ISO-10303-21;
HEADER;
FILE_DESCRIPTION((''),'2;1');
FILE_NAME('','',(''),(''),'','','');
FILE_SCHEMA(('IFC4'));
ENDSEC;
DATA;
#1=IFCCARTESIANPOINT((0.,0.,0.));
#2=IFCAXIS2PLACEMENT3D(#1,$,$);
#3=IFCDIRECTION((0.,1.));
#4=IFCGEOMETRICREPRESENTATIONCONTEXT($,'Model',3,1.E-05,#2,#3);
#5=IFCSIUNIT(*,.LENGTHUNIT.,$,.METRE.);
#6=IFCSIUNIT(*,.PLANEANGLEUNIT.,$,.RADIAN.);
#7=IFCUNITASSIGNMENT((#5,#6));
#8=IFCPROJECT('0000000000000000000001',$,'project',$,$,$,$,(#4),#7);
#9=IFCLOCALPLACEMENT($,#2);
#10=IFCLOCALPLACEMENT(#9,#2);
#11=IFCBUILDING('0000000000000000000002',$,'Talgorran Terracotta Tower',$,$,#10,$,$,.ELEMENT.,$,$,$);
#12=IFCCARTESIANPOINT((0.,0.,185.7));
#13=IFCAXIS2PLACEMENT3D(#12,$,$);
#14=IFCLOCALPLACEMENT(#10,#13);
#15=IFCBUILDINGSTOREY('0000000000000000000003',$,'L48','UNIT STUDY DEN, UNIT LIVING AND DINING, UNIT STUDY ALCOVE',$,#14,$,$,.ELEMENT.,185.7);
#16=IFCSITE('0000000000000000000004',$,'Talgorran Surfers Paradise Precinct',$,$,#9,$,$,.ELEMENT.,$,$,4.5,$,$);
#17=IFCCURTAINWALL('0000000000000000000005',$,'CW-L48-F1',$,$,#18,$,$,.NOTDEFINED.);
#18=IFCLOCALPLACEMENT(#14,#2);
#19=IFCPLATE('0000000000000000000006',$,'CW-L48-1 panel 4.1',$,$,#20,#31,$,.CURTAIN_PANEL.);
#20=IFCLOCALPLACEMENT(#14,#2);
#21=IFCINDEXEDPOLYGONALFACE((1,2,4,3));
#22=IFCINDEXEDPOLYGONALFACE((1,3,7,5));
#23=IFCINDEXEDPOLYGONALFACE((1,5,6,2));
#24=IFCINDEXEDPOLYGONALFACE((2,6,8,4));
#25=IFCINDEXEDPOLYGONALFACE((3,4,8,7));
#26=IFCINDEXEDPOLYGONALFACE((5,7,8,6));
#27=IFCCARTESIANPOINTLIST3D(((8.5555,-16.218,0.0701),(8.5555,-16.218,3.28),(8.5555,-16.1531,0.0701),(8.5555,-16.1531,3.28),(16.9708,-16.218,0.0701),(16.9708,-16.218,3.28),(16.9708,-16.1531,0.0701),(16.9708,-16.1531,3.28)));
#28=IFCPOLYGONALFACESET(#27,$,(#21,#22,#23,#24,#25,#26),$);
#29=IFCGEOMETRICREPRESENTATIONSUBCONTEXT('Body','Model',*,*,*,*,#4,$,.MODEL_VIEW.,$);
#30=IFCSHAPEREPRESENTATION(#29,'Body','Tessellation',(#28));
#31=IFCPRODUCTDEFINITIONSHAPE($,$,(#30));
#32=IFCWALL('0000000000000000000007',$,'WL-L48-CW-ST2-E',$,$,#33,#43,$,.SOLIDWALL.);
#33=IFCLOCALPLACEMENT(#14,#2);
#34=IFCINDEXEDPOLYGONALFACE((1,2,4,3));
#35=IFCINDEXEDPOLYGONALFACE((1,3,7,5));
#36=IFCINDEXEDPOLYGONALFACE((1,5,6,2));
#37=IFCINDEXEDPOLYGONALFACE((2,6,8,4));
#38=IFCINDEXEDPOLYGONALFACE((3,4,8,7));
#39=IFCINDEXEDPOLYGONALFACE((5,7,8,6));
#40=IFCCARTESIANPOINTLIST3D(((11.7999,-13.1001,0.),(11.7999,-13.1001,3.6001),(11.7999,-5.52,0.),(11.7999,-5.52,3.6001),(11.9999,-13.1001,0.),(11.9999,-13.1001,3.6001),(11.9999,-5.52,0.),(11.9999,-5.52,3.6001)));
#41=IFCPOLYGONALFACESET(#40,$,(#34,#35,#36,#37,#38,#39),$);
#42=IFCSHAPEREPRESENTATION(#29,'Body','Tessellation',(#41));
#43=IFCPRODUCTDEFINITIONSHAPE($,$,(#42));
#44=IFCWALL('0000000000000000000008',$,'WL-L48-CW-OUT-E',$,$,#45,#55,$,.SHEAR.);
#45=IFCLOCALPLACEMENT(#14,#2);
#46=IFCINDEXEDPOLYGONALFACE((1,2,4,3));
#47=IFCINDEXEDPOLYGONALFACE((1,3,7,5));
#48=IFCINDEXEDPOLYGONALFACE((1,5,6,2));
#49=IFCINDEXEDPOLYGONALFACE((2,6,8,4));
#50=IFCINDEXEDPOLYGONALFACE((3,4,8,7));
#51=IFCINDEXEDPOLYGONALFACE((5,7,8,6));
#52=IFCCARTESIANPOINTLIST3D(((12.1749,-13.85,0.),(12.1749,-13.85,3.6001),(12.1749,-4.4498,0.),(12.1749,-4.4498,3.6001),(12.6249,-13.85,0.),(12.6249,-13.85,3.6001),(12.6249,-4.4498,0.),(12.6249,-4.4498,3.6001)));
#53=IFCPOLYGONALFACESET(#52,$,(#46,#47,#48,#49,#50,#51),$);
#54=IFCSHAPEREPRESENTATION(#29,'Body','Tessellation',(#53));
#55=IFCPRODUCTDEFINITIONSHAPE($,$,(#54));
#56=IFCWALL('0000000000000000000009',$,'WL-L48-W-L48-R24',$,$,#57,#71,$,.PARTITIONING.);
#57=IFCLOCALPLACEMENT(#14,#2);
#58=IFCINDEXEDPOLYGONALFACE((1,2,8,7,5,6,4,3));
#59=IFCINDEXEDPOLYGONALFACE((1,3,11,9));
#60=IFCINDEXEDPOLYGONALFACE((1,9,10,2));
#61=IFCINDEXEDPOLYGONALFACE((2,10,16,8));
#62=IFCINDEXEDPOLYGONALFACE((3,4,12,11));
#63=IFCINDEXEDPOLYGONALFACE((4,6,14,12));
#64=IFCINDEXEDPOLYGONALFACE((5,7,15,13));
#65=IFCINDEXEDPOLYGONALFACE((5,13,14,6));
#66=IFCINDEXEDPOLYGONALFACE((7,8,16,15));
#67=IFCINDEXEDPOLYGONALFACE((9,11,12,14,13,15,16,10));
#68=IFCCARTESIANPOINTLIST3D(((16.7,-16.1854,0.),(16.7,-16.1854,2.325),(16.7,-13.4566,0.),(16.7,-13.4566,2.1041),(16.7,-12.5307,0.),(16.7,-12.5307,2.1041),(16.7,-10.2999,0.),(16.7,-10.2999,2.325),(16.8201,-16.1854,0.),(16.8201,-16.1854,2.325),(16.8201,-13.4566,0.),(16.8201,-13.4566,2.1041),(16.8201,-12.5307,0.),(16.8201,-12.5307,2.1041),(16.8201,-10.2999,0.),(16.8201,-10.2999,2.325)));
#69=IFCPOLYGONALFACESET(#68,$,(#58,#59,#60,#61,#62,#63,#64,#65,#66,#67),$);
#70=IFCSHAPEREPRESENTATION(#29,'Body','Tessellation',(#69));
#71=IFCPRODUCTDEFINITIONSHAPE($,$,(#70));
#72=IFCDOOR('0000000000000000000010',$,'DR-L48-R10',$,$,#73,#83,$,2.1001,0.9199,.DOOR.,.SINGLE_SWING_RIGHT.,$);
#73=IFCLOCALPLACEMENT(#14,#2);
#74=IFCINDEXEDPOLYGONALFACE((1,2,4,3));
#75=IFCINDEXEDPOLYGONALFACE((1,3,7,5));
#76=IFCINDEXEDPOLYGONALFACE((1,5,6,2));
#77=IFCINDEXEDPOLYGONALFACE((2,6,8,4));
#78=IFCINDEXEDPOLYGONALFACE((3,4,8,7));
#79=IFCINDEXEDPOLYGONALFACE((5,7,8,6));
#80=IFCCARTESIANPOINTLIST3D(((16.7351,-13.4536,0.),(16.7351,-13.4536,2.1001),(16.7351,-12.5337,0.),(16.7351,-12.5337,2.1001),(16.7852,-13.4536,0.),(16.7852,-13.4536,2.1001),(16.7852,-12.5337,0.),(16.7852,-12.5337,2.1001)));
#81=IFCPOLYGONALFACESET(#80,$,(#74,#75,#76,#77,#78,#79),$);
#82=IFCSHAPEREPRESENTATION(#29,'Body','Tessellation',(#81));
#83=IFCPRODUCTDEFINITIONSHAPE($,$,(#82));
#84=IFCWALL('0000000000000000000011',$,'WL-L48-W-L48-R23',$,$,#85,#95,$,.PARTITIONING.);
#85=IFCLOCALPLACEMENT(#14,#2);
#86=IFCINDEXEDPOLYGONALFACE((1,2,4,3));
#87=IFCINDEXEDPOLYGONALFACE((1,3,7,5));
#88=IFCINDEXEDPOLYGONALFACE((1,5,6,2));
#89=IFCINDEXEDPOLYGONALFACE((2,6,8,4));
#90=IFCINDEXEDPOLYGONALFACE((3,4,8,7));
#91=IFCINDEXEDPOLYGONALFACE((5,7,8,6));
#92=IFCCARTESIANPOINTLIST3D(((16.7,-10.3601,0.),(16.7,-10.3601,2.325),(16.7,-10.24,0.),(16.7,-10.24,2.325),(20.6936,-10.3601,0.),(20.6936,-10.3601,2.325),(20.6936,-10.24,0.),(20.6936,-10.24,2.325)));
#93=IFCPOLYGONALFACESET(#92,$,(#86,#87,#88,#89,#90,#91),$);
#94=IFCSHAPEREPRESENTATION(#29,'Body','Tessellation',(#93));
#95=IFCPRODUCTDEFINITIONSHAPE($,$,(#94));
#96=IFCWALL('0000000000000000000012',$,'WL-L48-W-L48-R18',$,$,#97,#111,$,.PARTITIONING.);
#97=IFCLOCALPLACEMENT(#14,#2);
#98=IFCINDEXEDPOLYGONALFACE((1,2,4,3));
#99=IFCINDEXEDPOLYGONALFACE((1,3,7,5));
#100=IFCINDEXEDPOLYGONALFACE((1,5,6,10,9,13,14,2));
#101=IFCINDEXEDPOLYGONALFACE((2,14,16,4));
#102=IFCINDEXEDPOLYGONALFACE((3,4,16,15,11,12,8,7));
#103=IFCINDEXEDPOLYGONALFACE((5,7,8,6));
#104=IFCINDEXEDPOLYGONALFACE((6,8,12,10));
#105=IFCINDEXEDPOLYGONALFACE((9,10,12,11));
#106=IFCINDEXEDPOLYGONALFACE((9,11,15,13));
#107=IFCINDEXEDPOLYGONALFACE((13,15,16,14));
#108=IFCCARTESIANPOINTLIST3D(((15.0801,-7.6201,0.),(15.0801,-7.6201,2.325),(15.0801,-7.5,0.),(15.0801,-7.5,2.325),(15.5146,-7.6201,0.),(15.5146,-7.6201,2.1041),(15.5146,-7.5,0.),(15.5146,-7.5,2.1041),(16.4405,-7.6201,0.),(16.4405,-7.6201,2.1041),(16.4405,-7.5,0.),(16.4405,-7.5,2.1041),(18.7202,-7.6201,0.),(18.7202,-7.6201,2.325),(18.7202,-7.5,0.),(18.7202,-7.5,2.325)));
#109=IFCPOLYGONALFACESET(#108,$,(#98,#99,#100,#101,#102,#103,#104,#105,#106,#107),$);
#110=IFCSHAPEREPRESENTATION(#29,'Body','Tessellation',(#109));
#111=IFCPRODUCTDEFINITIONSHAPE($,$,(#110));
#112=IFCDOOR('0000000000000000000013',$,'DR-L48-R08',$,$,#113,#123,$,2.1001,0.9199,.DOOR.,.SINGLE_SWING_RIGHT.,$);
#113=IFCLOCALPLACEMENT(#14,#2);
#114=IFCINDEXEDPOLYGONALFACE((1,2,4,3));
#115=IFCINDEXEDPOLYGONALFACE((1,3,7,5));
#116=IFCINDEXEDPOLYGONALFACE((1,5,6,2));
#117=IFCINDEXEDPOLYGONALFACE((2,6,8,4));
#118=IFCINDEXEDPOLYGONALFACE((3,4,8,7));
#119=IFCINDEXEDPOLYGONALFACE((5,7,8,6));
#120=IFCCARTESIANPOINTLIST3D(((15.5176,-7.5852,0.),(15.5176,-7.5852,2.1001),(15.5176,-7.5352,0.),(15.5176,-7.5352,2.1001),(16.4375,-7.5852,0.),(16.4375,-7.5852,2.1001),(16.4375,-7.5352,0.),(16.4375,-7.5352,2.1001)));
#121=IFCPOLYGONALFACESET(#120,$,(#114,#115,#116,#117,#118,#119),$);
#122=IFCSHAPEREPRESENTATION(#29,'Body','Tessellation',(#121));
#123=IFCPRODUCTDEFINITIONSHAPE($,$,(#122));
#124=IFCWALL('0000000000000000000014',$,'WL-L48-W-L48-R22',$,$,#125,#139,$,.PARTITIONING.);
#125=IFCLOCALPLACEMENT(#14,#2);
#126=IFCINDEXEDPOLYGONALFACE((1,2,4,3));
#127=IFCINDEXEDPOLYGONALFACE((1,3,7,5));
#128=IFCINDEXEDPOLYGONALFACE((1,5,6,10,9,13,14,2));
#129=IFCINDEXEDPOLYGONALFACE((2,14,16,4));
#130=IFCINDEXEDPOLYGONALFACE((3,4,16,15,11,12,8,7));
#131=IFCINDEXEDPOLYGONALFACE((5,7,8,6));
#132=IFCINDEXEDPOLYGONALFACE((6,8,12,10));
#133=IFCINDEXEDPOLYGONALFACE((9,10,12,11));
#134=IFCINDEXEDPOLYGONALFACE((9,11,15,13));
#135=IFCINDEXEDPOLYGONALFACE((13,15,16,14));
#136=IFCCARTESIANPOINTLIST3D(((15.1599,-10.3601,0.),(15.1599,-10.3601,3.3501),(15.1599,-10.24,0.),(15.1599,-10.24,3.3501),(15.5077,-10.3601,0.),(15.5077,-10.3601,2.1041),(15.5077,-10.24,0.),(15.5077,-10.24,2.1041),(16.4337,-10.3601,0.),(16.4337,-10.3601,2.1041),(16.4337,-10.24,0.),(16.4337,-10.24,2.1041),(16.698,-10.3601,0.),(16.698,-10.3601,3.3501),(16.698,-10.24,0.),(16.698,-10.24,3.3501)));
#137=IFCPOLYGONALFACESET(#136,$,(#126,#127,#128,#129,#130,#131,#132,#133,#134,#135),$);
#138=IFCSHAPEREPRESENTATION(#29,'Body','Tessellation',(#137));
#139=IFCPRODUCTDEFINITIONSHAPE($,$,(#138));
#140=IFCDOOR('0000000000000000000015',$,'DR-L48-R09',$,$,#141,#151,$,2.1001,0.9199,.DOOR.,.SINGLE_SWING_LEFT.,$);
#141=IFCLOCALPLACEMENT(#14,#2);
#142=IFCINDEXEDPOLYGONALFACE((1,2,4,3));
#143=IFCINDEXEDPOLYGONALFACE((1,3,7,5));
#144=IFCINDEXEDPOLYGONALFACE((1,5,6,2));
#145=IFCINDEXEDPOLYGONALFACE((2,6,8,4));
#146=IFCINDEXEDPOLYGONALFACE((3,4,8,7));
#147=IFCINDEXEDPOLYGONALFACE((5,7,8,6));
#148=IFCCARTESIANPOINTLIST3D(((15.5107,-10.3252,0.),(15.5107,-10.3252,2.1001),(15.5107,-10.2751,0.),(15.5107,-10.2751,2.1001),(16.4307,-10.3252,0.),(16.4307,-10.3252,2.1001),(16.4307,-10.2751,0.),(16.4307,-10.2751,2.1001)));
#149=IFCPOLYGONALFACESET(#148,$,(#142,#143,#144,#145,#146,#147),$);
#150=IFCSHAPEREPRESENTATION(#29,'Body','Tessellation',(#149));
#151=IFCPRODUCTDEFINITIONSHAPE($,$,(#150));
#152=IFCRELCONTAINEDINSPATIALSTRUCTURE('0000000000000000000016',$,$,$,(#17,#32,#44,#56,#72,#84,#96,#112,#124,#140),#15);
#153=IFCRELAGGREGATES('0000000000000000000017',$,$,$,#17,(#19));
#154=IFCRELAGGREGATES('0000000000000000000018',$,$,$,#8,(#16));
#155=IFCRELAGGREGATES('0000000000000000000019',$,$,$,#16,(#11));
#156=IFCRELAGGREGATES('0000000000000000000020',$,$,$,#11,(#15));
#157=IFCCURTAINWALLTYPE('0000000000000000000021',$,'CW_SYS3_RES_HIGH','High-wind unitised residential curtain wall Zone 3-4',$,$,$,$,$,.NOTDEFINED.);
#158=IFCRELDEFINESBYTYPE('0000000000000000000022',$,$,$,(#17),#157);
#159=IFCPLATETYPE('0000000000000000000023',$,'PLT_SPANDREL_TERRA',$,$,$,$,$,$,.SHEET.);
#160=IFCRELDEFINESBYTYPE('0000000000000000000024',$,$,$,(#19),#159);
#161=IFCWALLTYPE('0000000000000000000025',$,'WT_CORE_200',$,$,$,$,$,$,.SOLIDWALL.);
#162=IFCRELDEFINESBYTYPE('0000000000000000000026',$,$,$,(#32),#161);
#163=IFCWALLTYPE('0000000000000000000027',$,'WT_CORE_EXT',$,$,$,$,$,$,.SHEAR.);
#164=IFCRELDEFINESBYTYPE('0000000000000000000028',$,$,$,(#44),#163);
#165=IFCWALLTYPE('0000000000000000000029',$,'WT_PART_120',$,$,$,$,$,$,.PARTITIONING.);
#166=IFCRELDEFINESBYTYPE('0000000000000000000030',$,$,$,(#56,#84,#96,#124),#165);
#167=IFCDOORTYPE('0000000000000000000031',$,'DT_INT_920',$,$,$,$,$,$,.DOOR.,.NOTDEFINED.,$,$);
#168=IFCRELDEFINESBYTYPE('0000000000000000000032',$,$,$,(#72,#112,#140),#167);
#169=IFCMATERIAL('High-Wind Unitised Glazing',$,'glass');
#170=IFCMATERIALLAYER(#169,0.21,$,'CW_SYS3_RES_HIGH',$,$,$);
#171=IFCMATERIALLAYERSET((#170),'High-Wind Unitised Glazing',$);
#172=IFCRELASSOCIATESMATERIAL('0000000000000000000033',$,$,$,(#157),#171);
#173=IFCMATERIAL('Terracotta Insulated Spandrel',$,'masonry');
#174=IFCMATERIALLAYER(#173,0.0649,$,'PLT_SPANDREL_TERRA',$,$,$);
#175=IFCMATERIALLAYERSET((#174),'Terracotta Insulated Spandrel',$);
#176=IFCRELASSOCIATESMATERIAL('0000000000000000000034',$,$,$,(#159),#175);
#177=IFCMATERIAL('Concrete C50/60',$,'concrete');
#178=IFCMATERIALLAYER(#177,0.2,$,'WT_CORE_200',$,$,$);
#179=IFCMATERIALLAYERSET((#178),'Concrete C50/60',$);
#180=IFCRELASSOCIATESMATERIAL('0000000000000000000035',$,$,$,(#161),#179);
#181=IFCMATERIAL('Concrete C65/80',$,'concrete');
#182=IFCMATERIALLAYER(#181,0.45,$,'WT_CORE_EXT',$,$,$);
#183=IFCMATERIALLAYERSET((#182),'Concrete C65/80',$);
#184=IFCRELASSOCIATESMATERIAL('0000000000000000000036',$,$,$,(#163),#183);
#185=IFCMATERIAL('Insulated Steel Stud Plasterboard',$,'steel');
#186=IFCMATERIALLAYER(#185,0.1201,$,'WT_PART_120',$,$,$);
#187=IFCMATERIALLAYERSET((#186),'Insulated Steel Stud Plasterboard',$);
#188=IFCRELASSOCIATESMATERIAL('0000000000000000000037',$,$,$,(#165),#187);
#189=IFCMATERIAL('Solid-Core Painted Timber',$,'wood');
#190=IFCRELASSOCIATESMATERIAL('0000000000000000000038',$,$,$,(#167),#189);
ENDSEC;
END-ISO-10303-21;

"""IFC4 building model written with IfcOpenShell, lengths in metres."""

from ifc_helpers import new_model, si_unit, direction, frame, frame_2d, origin, origin_2d, place, context, subcontext, project, spatial, rectangle, extrude, source, transform, mapped, material, layer, layer_set, type_object, type_shapes, element, fill, aggregate, save


model = new_model("IFC4")

# Units and contexts
model_context = context("Model", 3, precision=1e-05, world=origin(), true_north=direction((0.0, 1.0)))
body_context = subcontext(model_context, "Body", "Model", "MODEL_VIEW")
ifc_project = project(units=[si_unit("LENGTHUNIT", "METRE"), si_unit("PLANEANGLEUNIT", "RADIAN")], contexts=[model_context])

# Site, building, storey
site_placement = place(None, origin())
site = spatial("IfcSite", under=ifc_project, at=site_placement, Name="Talgorran Surfers Paradise Precinct", CompositionType="ELEMENT", RefElevation=4.5)
building_placement = place(site_placement, origin())
building = spatial("IfcBuilding", under=site, at=building_placement, Name="Talgorran Terracotta Tower", CompositionType="ELEMENT")
storey_placement = place(building_placement, frame((0.0, 0.0, 185.7)))
storey = spatial("IfcBuildingStorey", under=building, at=storey_placement, Name="L48", Description="UNIT STUDY DEN, UNIT LIVING AND DINING, UNIT STUDY ALCOVE", CompositionType="ELEMENT", Elevation=185.7)

# Curtain wall
ifc_material_1 = material(Name="High-Wind Unitised Glazing", Category="glass")
ifc_layer_1 = layer(ifc_material_1, 0.21, Name="CW_SYS3_RES_HIGH")
ifc_layer_set_1 = layer_set([ifc_layer_1], Name="High-Wind Unitised Glazing")
curtain_wall_type = type_object("IfcCurtainWallType", Name="CW_SYS3_RES_HIGH", Description="High-wind unitised residential curtain wall Zone 3-4", PredefinedType="NOTDEFINED", material=ifc_layer_set_1)
curtain_wall_1_placement = place(storey_placement, origin())
curtain_wall_1 = element("IfcCurtainWall", 1, at=curtain_wall_1_placement, inside=storey, type_object=curtain_wall_type, Name="CW-L48-F1", PredefinedType="NOTDEFINED")

# Plate
ifc_material_2 = material(Name="Terracotta Insulated Spandrel", Category="masonry")
ifc_layer_2 = layer(ifc_material_2, 0.0649, Name="PLT_SPANDREL_TERRA")
ifc_layer_set_2 = layer_set([ifc_layer_2], Name="Terracotta Insulated Spandrel")
plate_type_1 = type_object("IfcPlateType", Name="PLT_SPANDREL_TERRA", PredefinedType="SHEET", material=ifc_layer_set_2)
shared_shape = source(origin(), body_context, "Body", "SweptSolid", [
    extrude(rectangle(XDim=8.4153, YDim=0.0649, at=origin_2d()), origin(), (0.0, 0.0, 1.0), 3.21),
])
type_shapes(plate_type_1, [shared_shape])
plate_1_placement = place(storey_placement, frame((12.7632, -16.1855, 0.0701), z_axis=(0.0, 0.0, 1.0), x_axis=(1.0, 0.0, 0.0)))
plate_1 = element("IfcPlate", 2, at=plate_1_placement, type_object=plate_type_1, Name="CW-L48-1 panel 4.1", PredefinedType="CURTAIN_PANEL", context=body_context, shape_type="MappedRepresentation", body=[
    mapped(shared_shape, transform((0.0, 0.0, 0.0), scale=1.0)),
])
aggregate(curtain_wall_1, [plate_1])

# Walls
ifc_material_3 = material(Name="Concrete C50/60", Category="concrete")
ifc_layer_3 = layer(ifc_material_3, 0.2, Name="WT_CORE_200")
ifc_layer_set_3 = layer_set([ifc_layer_3], Name="Concrete C50/60")
wall_type_1 = type_object("IfcWallType", Name="WT_CORE_200", PredefinedType="SOLIDWALL", material=ifc_layer_set_3)
wall_1_placement = place(storey_placement, frame((11.8999, -13.1001, 0.0), z_axis=(0.0, 0.0, 1.0), x_axis=(0.0, 1.0, 0.0)))
element("IfcWall", 3, at=wall_1_placement, inside=storey, type_object=wall_type_1, Name="WL-L48-CW-ST2-E", PredefinedType="SOLIDWALL", context=body_context, shape_type="SweptSolid", body=[
    extrude(rectangle(XDim=7.5801, YDim=0.2, at=frame_2d((3.79, 0.0))), origin(), (0.0, 0.0, 1.0), 3.6001),
])
ifc_material_4 = material(Name="Concrete C65/80", Category="concrete")
ifc_layer_4 = layer(ifc_material_4, 0.45, Name="WT_CORE_EXT")
ifc_layer_set_4 = layer_set([ifc_layer_4], Name="Concrete C65/80")
wall_type_2 = type_object("IfcWallType", Name="WT_CORE_EXT", PredefinedType="SHEAR", material=ifc_layer_set_4)
wall_2_placement = place(storey_placement, frame((12.3999, -13.8501, 0.0), z_axis=(0.0, 0.0, 1.0), x_axis=(0.0, 1.0, 0.0)))
element("IfcWall", 4, at=wall_2_placement, inside=storey, type_object=wall_type_2, Name="WL-L48-CW-OUT-E", PredefinedType="SHEAR", context=body_context, shape_type="SweptSolid", body=[
    extrude(rectangle(XDim=9.4001, YDim=0.45, at=frame_2d((4.7002, 0.0))), origin(), (0.0, 0.0, 1.0), 3.6001),
])

# Wall, opening, door
ifc_material_5 = material(Name="Insulated Steel Stud Plasterboard", Category="steel")
ifc_layer_5 = layer(ifc_material_5, 0.1201, Name="WT_PART_120")
ifc_layer_set_5 = layer_set([ifc_layer_5], Name="Insulated Steel Stud Plasterboard")
wall_type_3 = type_object("IfcWallType", Name="WT_PART_120", PredefinedType="PARTITIONING", material=ifc_layer_set_5)
wall_3_placement = place(storey_placement, frame((16.76, -16.1855, 0.0), z_axis=(0.0, 0.0, 1.0), x_axis=(0.0, 1.0, 0.0)))
wall_3 = element("IfcWall", 5, at=wall_3_placement, inside=storey, type_object=wall_type_3, Name="WL-L48-W-L48-R24", PredefinedType="PARTITIONING", context=body_context, shape_type="SweptSolid", body=[
    extrude(rectangle(XDim=5.8855, YDim=0.1201, at=frame_2d((2.9429, 0.0))), origin(), (0.0, 0.0, 1.0), 2.325),
])
opening_1_placement = place(wall_3_placement, frame((2.7319, 0.0, 0.0)))
opening_1 = element("IfcOpeningElement", 6, at=opening_1_placement, cuts=wall_3, PredefinedType="OPENING", context=body_context, shape_type="SweptSolid", body=[
    extrude(rectangle(XDim=0.9259, YDim=2.1041, at=frame_2d((0.46, 1.052))), frame((0.0, 0.0701, 0.0), z_axis=(0.0, -1.0, 0.0), x_axis=(1.0, 0.0, 0.0)), (0.0, 0.0, 1.0), 0.1401),
])
ifc_material_6 = material(Name="Solid-Core Painted Timber", Category="wood")
door_type_1 = type_object("IfcDoorType", Name="DT_INT_920", OperationType="NOTDEFINED", PredefinedType="DOOR", material=ifc_material_6)
door_1_placement = place(opening_1_placement, origin())
door_1 = element("IfcDoor", 7, at=door_1_placement, inside=storey, type_object=door_type_1, Name="DR-L48-R10", OperationType="SINGLE_SWING_RIGHT", OverallHeight=2.1001, OverallWidth=0.9199, PredefinedType="DOOR", context=body_context, shape_type="SweptSolid", body=[
    extrude(rectangle(XDim=0.9199, YDim=2.1001, at=frame_2d((0.46, 1.05))), frame((0.0, 0.0249, 0.0), z_axis=(0.0, -1.0, 0.0), x_axis=(1.0, 0.0, 0.0)), (0.0, 0.0, 1.0), 0.05),
])
fill(opening_1, door_1)

# Wall
wall_4_placement = place(storey_placement, frame((16.7, -10.3, 0.0), z_axis=(0.0, 0.0, 1.0), x_axis=(1.0, 0.0, 0.0)))
element("IfcWall", 8, at=wall_4_placement, inside=storey, type_object=wall_type_3, Name="WL-L48-W-L48-R23", PredefinedType="PARTITIONING", context=body_context, shape_type="SweptSolid", body=[
    extrude(rectangle(XDim=3.9937, YDim=0.1201, at=frame_2d((1.9968, 0.0))), origin(), (0.0, 0.0, 1.0), 2.325),
])

# Walls, openings, doors
wall_5_placement = place(storey_placement, frame((15.0801, -7.5601, 0.0), z_axis=(0.0, 0.0, 1.0), x_axis=(1.0, 0.0, 0.0)))
wall_5 = element("IfcWall", 9, at=wall_5_placement, inside=storey, type_object=wall_type_3, Name="WL-L48-W-L48-R18", PredefinedType="PARTITIONING", context=body_context, shape_type="SweptSolid", body=[
    extrude(rectangle(XDim=3.6401, YDim=0.1201, at=frame_2d((1.8201, 0.0))), origin(), (0.0, 0.0, 1.0), 2.325),
])
opening_2_placement = place(wall_5_placement, frame((0.4375, 0.0, 0.0)))
opening_2 = element("IfcOpeningElement", 10, at=opening_2_placement, cuts=wall_5, PredefinedType="OPENING", context=body_context, shape_type="SweptSolid", body=[
    extrude(rectangle(XDim=0.9259, YDim=2.1041, at=frame_2d((0.46, 1.052))), frame((0.0, 0.0701, 0.0), z_axis=(0.0, -1.0, 0.0), x_axis=(1.0, 0.0, 0.0)), (0.0, 0.0, 1.0), 0.1401),
])
door_2_placement = place(opening_2_placement, origin())
door_2 = element("IfcDoor", 11, at=door_2_placement, inside=storey, type_object=door_type_1, Name="DR-L48-R08", OperationType="SINGLE_SWING_RIGHT", OverallHeight=2.1001, OverallWidth=0.9199, PredefinedType="DOOR", context=body_context, shape_type="SweptSolid", body=[
    extrude(rectangle(XDim=0.9199, YDim=2.1001, at=frame_2d((0.46, 1.05))), frame((0.0, 0.0249, 0.0), z_axis=(0.0, -1.0, 0.0), x_axis=(1.0, 0.0, 0.0)), (0.0, 0.0, 1.0), 0.05),
])
fill(opening_2, door_2)
wall_6_placement = place(storey_placement, frame((15.1599, -10.3, 0.0), z_axis=(0.0, 0.0, 1.0), x_axis=(1.0, 0.0, 0.0)))
wall_6 = element("IfcWall", 12, at=wall_6_placement, inside=storey, type_object=wall_type_3, Name="WL-L48-W-L48-R22", PredefinedType="PARTITIONING", context=body_context, shape_type="SweptSolid", body=[
    extrude(rectangle(XDim=1.5381, YDim=0.1201, at=frame_2d((0.769, 0.0))), origin(), (0.0, 0.0, 1.0), 3.3501),
])
opening_3_placement = place(wall_6_placement, frame((0.3508, 0.0, 0.0)))
opening_3 = element("IfcOpeningElement", 13, at=opening_3_placement, cuts=wall_6, PredefinedType="OPENING", context=body_context, shape_type="SweptSolid", body=[
    extrude(rectangle(XDim=0.9259, YDim=2.1041, at=frame_2d((0.46, 1.052))), frame((0.0, 0.0701, 0.0), z_axis=(0.0, -1.0, 0.0), x_axis=(1.0, 0.0, 0.0)), (0.0, 0.0, 1.0), 0.1401),
])
door_3_placement = place(opening_3_placement, origin())
door_3 = element("IfcDoor", 14, at=door_3_placement, inside=storey, type_object=door_type_1, Name="DR-L48-R09", OperationType="SINGLE_SWING_LEFT", OverallHeight=2.1001, OverallWidth=0.9199, PredefinedType="DOOR", context=body_context, shape_type="SweptSolid", body=[
    extrude(rectangle(XDim=0.9199, YDim=2.1001, at=frame_2d((0.46, 1.05))), frame((0.0, 0.0249, 0.0), z_axis=(0.0, -1.0, 0.0), x_axis=(1.0, 0.0, 0.0)), (0.0, 0.0, 1.0), 0.05),
])
fill(opening_3, door_3)

save(model, "model.ifc")
